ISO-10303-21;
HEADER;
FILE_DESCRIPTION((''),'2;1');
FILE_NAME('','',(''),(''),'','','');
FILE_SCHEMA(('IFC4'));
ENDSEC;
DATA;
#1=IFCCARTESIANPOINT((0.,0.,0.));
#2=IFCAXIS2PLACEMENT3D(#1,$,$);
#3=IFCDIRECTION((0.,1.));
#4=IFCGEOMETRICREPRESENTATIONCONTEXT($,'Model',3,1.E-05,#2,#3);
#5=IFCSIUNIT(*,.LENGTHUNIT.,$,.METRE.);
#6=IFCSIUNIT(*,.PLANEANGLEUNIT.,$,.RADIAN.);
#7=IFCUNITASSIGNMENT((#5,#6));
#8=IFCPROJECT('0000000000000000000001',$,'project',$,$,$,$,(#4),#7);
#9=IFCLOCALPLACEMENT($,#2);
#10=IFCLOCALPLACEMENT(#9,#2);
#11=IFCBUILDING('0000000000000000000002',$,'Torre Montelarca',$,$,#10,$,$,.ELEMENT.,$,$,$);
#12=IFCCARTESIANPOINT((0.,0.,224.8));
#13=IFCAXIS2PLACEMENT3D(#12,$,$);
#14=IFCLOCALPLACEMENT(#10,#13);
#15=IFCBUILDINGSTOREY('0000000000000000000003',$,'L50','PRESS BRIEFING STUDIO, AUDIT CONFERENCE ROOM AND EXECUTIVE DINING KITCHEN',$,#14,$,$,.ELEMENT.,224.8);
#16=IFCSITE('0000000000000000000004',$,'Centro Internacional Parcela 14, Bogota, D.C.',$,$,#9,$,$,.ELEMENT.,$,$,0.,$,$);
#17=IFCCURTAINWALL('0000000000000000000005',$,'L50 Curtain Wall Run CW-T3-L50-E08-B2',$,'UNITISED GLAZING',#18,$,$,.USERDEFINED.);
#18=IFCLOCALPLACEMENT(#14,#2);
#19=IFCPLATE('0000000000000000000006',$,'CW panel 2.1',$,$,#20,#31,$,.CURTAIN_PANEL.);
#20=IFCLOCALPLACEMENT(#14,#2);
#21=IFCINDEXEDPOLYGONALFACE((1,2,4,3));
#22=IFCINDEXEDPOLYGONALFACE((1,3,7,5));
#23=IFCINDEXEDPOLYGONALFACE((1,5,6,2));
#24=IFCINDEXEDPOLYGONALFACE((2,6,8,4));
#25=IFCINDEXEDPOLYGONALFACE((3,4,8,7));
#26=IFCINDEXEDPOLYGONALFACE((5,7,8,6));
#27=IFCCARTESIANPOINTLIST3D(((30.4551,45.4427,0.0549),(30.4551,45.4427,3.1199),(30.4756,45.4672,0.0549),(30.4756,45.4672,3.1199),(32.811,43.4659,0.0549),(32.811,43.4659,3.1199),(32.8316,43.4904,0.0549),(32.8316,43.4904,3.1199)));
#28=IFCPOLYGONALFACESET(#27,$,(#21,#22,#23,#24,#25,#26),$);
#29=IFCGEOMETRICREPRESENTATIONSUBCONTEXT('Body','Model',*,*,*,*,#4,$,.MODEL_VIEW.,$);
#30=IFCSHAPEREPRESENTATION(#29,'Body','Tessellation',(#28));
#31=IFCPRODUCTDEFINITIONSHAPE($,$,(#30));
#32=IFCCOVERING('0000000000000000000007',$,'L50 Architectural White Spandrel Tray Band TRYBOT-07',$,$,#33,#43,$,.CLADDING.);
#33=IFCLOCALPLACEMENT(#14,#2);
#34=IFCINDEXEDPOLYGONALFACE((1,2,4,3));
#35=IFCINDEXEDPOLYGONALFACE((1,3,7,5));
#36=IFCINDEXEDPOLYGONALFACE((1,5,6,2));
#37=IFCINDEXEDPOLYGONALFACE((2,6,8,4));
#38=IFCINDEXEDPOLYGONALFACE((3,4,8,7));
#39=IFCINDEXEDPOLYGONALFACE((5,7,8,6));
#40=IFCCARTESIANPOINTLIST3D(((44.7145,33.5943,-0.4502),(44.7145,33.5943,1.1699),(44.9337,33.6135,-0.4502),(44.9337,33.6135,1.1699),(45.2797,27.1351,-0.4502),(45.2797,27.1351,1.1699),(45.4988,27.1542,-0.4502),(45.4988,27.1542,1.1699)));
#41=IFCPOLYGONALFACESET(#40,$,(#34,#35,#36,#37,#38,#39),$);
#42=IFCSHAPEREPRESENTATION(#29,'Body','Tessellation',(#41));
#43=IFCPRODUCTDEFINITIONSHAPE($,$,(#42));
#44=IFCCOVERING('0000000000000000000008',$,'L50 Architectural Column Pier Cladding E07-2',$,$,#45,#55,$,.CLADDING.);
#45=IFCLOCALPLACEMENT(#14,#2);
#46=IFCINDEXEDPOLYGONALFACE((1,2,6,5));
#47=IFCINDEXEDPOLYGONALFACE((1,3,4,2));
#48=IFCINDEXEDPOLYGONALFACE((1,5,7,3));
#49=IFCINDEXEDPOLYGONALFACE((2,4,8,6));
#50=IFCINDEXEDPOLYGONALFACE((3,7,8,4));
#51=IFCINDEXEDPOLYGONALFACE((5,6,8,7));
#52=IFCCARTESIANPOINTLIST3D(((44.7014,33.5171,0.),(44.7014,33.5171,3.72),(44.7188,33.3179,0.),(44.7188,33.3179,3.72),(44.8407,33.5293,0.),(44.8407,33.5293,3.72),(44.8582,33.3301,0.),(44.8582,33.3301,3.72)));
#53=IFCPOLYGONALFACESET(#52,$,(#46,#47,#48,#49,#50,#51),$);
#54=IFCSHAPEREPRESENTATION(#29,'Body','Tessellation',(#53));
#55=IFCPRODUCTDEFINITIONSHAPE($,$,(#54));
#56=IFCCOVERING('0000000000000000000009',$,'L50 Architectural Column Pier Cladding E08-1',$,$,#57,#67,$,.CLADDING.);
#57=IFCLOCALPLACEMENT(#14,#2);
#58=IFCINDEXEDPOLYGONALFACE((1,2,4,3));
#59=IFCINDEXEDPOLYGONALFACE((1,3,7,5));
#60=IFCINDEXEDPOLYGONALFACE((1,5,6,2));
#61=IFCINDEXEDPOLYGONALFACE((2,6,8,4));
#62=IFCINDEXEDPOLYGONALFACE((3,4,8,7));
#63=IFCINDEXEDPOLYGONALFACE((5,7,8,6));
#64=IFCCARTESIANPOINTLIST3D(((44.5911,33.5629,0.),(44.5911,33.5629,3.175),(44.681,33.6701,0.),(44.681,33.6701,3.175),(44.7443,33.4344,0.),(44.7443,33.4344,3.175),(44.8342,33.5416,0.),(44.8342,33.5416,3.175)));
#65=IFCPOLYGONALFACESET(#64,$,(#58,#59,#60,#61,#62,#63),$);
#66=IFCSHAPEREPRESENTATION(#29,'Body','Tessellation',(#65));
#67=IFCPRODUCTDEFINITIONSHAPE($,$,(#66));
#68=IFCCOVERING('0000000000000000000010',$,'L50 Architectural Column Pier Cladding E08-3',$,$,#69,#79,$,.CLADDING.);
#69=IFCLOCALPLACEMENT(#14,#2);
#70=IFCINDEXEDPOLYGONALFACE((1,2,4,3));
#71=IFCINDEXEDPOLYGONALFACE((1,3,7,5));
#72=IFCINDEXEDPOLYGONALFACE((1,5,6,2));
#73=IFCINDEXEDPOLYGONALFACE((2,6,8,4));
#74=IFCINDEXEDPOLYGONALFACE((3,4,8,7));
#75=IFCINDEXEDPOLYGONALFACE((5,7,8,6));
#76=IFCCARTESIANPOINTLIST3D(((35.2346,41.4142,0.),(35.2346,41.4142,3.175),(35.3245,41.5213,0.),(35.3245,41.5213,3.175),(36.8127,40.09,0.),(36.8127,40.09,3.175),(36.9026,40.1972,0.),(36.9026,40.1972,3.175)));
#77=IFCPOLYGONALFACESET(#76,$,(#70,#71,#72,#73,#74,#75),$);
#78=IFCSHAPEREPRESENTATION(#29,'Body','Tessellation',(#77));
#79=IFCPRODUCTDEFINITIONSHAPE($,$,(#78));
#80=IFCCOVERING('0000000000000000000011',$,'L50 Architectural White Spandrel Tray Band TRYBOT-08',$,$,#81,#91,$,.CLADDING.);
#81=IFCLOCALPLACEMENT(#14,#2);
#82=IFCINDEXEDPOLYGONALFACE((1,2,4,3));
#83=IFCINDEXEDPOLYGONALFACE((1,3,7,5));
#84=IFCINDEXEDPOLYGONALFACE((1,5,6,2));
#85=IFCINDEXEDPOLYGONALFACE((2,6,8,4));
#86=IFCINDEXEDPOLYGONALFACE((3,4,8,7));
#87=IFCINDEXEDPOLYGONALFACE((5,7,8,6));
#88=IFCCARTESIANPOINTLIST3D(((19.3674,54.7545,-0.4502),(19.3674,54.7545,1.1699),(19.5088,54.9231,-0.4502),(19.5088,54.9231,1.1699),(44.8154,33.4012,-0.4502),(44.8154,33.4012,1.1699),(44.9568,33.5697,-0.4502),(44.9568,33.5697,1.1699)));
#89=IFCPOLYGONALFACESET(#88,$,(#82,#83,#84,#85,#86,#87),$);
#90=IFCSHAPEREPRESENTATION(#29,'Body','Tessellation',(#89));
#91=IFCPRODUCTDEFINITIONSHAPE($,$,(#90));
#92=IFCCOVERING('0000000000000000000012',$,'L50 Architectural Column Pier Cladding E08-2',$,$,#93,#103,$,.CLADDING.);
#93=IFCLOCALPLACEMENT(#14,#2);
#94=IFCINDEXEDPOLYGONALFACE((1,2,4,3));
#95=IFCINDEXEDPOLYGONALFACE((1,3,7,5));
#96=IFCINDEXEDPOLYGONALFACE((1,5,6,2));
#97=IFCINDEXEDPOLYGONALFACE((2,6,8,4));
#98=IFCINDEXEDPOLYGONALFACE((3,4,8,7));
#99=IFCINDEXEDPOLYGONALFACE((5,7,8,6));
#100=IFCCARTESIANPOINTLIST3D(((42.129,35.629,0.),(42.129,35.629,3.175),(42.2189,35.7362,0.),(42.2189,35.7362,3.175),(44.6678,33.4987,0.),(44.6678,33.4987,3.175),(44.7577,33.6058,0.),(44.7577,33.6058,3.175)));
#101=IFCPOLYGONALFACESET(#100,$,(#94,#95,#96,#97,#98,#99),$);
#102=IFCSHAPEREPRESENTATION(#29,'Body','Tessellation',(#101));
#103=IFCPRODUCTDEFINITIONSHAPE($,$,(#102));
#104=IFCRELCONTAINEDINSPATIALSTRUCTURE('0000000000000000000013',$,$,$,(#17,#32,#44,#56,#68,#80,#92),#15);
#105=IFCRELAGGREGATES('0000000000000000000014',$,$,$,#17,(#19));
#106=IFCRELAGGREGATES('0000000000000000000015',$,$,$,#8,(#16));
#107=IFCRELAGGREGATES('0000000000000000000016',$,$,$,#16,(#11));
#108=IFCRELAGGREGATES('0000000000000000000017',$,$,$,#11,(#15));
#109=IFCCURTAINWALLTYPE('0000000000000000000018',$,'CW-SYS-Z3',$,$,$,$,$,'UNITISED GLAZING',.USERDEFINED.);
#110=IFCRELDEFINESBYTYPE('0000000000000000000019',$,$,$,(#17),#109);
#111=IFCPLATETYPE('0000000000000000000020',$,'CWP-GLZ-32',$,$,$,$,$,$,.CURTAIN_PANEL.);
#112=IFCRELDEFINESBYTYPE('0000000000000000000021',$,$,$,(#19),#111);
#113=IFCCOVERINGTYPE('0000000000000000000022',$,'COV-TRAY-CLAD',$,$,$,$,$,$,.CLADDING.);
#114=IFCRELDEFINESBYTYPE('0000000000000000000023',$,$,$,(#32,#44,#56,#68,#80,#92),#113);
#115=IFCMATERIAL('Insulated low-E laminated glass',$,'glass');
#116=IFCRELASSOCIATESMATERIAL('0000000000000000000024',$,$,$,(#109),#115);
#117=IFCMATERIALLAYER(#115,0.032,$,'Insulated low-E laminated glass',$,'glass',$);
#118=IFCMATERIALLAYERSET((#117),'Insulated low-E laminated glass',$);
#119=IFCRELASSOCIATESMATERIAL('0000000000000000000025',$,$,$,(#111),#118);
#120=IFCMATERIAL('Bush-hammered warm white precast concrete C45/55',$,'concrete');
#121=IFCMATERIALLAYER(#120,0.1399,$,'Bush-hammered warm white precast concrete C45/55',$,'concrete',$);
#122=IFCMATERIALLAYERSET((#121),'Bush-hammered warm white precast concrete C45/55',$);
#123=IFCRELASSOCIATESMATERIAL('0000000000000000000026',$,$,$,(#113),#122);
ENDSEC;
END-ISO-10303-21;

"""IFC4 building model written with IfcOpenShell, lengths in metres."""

from ifc_helpers import new_model, si_unit, direction, frame, origin, origin_2d, place, context, subcontext, project, spatial, rectangle, extrude, source, transform, mapped, material, layer, layer_set, type_object, element, aggregate, save


model = new_model("IFC4")

# Units and contexts
model_context = context("Model", 3, precision=1e-05, world=origin(), true_north=direction((0.0, 1.0)))
body_context = subcontext(model_context, "Body", "Model", "MODEL_VIEW")
ifc_project = project(units=[si_unit("LENGTHUNIT", "METRE"), si_unit("PLANEANGLEUNIT", "RADIAN")], contexts=[model_context])

# Site, building, storey
site_placement = place(None, origin())
site = spatial("IfcSite", under=ifc_project, at=site_placement, Name="Centro Internacional Parcela 14, Bogota, D.C.", CompositionType="ELEMENT", RefElevation=0.0)
building_placement = place(site_placement, origin())
building = spatial("IfcBuilding", under=site, at=building_placement, Name="Torre Montelarca", CompositionType="ELEMENT")
storey_placement = place(building_placement, frame((0.0, 0.0, 224.8)))
storey = spatial("IfcBuildingStorey", under=building, at=storey_placement, Name="L50", Description="PRESS BRIEFING STUDIO, AUDIT CONFERENCE ROOM AND EXECUTIVE DINING KITCHEN", CompositionType="ELEMENT", Elevation=224.8)

# Shared definitions
ifc_material_1 = material(Name="Insulated low-E laminated glass", Category="glass")
curtain_wall_type = type_object("IfcCurtainWallType", Name="CW-SYS-Z3", ElementType="UNITISED GLAZING", PredefinedType="USERDEFINED", material=ifc_material_1)

# Curtain wall
curtain_wall_1_placement = place(storey_placement, origin())
curtain_wall_1 = element("IfcCurtainWall", 1, at=curtain_wall_1_placement, inside=storey, type_object=curtain_wall_type, Name="L50 Curtain Wall Run CW-T3-L50-E08-B2", ObjectType="UNITISED GLAZING", PredefinedType="USERDEFINED")

# Plate
ifc_layer_1 = layer(ifc_material_1, 0.032, Name="Insulated low-E laminated glass", Category="glass")
ifc_layer_set_1 = layer_set([ifc_layer_1], Name="Insulated low-E laminated glass")
plate_type = type_object("IfcPlateType", Name="CWP-GLZ-32", PredefinedType="CURTAIN_PANEL", material=ifc_layer_set_1)
shared_shape_1 = source(origin(), body_context, "Body", "SweptSolid", [
    extrude(rectangle(XDim=3.0754, YDim=0.032, at=origin_2d()), origin(), (0.0, 0.0, 1.0), 3.0649),
])
plate_1_placement = place(storey_placement, frame((31.6433, 44.4666, 0.0549), z_axis=(0.0, 0.0, 1.0), x_axis=(-0.766047, 0.642785, 0.0)))
plate_1 = element("IfcPlate", 2, at=plate_1_placement, type_object=plate_type, Name="CW panel 2.1", PredefinedType="CURTAIN_PANEL", context=body_context, shape_type="MappedRepresentation", body=[
    mapped(shared_shape_1, transform((0.0, 0.0, 0.0), scale=1.0)),
])
aggregate(curtain_wall_1, [plate_1])

# Coverings
ifc_material_2 = material(Name="Bush-hammered warm white precast concrete C45/55", Category="concrete")
ifc_layer_2 = layer(ifc_material_2, 0.1399, Name="Bush-hammered warm white precast concrete C45/55", Category="concrete")
ifc_layer_set_2 = layer_set([ifc_layer_2], Name="Bush-hammered warm white precast concrete C45/55")
covering_type = type_object("IfcCoveringType", Name="COV-TRAY-CLAD", PredefinedType="CLADDING", material=ifc_layer_set_2)
shared_shape_2 = source(origin(), body_context, "Body", "SweptSolid", [
    extrude(rectangle(XDim=6.4839, YDim=0.22, at=origin_2d()), origin(), (0.0, 0.0, 1.0), 1.6201),
])
covering_1_placement = place(storey_placement, frame((45.1067, 30.3743, -0.4502), z_axis=(0.0, 0.0, 1.0), x_axis=(-0.087163, 0.996194, 0.0)))
element("IfcCovering", 3, at=covering_1_placement, inside=storey, type_object=covering_type, Name="L50 Architectural White Spandrel Tray Band TRYBOT-07", PredefinedType="CLADDING", context=body_context, shape_type="MappedRepresentation", body=[
    mapped(shared_shape_2, transform((0.0, 0.0, 0.0), scale=1.0)),
])
shared_shape_3 = source(origin(), body_context, "Body", "SweptSolid", [
    extrude(rectangle(XDim=0.2, YDim=0.1399, at=origin_2d()), origin(), (0.0, 0.0, 1.0), 3.72),
])
covering_2_placement = place(storey_placement, frame((44.7798, 33.4236, 0.0), z_axis=(0.0, 0.0, 1.0), x_axis=(-0.087177, 0.996193, 0.0)))
element("IfcCovering", 4, at=covering_2_placement, inside=storey, type_object=covering_type, Name="L50 Architectural Column Pier Cladding E07-2", PredefinedType="CLADDING", context=body_context, shape_type="MappedRepresentation", body=[
    mapped(shared_shape_3, transform((0.0, 0.0, 0.0), scale=1.0)),
])
shared_shape_4 = source(origin(), body_context, "Body", "SweptSolid", [
    extrude(rectangle(XDim=0.2, YDim=0.1399, at=origin_2d()), origin(), (0.0, 0.0, 1.0), 3.175),
])
covering_3_placement = place(storey_placement, frame((44.7126, 33.5522, 0.0), z_axis=(0.0, 0.0, 1.0), x_axis=(-0.766043, 0.642789, 0.0)))
element("IfcCovering", 5, at=covering_3_placement, inside=storey, type_object=covering_type, Name="L50 Architectural Column Pier Cladding E08-1", PredefinedType="CLADDING", context=body_context, shape_type="MappedRepresentation", body=[
    mapped(shared_shape_4, transform((0.0, 0.0, 0.0), scale=1.0)),
])
shared_shape_5 = source(origin(), body_context, "Body", "SweptSolid", [
    extrude(rectangle(XDim=2.0601, YDim=0.1399, at=origin_2d()), origin(), (0.0, 0.0, 1.0), 3.175),
])
covering_4_placement = place(storey_placement, frame((36.0686, 40.8057, 0.0), z_axis=(0.0, 0.0, 1.0), x_axis=(-0.766043, 0.642789, 0.0)))
element("IfcCovering", 6, at=covering_4_placement, inside=storey, type_object=covering_type, Name="L50 Architectural Column Pier Cladding E08-3", PredefinedType="CLADDING", context=body_context, shape_type="MappedRepresentation", body=[
    mapped(shared_shape_5, transform((0.0, 0.0, 0.0), scale=1.0)),
])
shared_shape_6 = source(origin(), body_context, "Body", "SweptSolid", [
    extrude(rectangle(XDim=33.22, YDim=0.22, at=origin_2d()), origin(), (0.0, 0.0, 1.0), 1.6201),
])
covering_5_placement = place(storey_placement, frame((32.1621, 44.1621, -0.4502), z_axis=(0.0, 0.0, 1.0), x_axis=(-0.766044, 0.642788, 0.0)))
element("IfcCovering", 7, at=covering_5_placement, inside=storey, type_object=covering_type, Name="L50 Architectural White Spandrel Tray Band TRYBOT-08", PredefinedType="CLADDING", context=body_context, shape_type="MappedRepresentation", body=[
    mapped(shared_shape_6, transform((0.0, 0.0, 0.0), scale=1.0)),
])
shared_shape_7 = source(origin(), body_context, "Body", "SweptSolid", [
    extrude(rectangle(XDim=3.3142, YDim=0.1399, at=origin_2d()), origin(), (0.0, 0.0, 1.0), 3.175),
])
covering_6_placement = place(storey_placement, frame((43.4434, 34.6174, 0.0), z_axis=(0.0, 0.0, 1.0), x_axis=(-0.766043, 0.642789, 0.0)))
element("IfcCovering", 8, at=covering_6_placement, inside=storey, type_object=covering_type, Name="L50 Architectural Column Pier Cladding E08-2", PredefinedType="CLADDING", context=body_context, shape_type="MappedRepresentation", body=[
    mapped(shared_shape_7, transform((0.0, 0.0, 0.0), scale=1.0)),
])

save(model, "model.ifc")
